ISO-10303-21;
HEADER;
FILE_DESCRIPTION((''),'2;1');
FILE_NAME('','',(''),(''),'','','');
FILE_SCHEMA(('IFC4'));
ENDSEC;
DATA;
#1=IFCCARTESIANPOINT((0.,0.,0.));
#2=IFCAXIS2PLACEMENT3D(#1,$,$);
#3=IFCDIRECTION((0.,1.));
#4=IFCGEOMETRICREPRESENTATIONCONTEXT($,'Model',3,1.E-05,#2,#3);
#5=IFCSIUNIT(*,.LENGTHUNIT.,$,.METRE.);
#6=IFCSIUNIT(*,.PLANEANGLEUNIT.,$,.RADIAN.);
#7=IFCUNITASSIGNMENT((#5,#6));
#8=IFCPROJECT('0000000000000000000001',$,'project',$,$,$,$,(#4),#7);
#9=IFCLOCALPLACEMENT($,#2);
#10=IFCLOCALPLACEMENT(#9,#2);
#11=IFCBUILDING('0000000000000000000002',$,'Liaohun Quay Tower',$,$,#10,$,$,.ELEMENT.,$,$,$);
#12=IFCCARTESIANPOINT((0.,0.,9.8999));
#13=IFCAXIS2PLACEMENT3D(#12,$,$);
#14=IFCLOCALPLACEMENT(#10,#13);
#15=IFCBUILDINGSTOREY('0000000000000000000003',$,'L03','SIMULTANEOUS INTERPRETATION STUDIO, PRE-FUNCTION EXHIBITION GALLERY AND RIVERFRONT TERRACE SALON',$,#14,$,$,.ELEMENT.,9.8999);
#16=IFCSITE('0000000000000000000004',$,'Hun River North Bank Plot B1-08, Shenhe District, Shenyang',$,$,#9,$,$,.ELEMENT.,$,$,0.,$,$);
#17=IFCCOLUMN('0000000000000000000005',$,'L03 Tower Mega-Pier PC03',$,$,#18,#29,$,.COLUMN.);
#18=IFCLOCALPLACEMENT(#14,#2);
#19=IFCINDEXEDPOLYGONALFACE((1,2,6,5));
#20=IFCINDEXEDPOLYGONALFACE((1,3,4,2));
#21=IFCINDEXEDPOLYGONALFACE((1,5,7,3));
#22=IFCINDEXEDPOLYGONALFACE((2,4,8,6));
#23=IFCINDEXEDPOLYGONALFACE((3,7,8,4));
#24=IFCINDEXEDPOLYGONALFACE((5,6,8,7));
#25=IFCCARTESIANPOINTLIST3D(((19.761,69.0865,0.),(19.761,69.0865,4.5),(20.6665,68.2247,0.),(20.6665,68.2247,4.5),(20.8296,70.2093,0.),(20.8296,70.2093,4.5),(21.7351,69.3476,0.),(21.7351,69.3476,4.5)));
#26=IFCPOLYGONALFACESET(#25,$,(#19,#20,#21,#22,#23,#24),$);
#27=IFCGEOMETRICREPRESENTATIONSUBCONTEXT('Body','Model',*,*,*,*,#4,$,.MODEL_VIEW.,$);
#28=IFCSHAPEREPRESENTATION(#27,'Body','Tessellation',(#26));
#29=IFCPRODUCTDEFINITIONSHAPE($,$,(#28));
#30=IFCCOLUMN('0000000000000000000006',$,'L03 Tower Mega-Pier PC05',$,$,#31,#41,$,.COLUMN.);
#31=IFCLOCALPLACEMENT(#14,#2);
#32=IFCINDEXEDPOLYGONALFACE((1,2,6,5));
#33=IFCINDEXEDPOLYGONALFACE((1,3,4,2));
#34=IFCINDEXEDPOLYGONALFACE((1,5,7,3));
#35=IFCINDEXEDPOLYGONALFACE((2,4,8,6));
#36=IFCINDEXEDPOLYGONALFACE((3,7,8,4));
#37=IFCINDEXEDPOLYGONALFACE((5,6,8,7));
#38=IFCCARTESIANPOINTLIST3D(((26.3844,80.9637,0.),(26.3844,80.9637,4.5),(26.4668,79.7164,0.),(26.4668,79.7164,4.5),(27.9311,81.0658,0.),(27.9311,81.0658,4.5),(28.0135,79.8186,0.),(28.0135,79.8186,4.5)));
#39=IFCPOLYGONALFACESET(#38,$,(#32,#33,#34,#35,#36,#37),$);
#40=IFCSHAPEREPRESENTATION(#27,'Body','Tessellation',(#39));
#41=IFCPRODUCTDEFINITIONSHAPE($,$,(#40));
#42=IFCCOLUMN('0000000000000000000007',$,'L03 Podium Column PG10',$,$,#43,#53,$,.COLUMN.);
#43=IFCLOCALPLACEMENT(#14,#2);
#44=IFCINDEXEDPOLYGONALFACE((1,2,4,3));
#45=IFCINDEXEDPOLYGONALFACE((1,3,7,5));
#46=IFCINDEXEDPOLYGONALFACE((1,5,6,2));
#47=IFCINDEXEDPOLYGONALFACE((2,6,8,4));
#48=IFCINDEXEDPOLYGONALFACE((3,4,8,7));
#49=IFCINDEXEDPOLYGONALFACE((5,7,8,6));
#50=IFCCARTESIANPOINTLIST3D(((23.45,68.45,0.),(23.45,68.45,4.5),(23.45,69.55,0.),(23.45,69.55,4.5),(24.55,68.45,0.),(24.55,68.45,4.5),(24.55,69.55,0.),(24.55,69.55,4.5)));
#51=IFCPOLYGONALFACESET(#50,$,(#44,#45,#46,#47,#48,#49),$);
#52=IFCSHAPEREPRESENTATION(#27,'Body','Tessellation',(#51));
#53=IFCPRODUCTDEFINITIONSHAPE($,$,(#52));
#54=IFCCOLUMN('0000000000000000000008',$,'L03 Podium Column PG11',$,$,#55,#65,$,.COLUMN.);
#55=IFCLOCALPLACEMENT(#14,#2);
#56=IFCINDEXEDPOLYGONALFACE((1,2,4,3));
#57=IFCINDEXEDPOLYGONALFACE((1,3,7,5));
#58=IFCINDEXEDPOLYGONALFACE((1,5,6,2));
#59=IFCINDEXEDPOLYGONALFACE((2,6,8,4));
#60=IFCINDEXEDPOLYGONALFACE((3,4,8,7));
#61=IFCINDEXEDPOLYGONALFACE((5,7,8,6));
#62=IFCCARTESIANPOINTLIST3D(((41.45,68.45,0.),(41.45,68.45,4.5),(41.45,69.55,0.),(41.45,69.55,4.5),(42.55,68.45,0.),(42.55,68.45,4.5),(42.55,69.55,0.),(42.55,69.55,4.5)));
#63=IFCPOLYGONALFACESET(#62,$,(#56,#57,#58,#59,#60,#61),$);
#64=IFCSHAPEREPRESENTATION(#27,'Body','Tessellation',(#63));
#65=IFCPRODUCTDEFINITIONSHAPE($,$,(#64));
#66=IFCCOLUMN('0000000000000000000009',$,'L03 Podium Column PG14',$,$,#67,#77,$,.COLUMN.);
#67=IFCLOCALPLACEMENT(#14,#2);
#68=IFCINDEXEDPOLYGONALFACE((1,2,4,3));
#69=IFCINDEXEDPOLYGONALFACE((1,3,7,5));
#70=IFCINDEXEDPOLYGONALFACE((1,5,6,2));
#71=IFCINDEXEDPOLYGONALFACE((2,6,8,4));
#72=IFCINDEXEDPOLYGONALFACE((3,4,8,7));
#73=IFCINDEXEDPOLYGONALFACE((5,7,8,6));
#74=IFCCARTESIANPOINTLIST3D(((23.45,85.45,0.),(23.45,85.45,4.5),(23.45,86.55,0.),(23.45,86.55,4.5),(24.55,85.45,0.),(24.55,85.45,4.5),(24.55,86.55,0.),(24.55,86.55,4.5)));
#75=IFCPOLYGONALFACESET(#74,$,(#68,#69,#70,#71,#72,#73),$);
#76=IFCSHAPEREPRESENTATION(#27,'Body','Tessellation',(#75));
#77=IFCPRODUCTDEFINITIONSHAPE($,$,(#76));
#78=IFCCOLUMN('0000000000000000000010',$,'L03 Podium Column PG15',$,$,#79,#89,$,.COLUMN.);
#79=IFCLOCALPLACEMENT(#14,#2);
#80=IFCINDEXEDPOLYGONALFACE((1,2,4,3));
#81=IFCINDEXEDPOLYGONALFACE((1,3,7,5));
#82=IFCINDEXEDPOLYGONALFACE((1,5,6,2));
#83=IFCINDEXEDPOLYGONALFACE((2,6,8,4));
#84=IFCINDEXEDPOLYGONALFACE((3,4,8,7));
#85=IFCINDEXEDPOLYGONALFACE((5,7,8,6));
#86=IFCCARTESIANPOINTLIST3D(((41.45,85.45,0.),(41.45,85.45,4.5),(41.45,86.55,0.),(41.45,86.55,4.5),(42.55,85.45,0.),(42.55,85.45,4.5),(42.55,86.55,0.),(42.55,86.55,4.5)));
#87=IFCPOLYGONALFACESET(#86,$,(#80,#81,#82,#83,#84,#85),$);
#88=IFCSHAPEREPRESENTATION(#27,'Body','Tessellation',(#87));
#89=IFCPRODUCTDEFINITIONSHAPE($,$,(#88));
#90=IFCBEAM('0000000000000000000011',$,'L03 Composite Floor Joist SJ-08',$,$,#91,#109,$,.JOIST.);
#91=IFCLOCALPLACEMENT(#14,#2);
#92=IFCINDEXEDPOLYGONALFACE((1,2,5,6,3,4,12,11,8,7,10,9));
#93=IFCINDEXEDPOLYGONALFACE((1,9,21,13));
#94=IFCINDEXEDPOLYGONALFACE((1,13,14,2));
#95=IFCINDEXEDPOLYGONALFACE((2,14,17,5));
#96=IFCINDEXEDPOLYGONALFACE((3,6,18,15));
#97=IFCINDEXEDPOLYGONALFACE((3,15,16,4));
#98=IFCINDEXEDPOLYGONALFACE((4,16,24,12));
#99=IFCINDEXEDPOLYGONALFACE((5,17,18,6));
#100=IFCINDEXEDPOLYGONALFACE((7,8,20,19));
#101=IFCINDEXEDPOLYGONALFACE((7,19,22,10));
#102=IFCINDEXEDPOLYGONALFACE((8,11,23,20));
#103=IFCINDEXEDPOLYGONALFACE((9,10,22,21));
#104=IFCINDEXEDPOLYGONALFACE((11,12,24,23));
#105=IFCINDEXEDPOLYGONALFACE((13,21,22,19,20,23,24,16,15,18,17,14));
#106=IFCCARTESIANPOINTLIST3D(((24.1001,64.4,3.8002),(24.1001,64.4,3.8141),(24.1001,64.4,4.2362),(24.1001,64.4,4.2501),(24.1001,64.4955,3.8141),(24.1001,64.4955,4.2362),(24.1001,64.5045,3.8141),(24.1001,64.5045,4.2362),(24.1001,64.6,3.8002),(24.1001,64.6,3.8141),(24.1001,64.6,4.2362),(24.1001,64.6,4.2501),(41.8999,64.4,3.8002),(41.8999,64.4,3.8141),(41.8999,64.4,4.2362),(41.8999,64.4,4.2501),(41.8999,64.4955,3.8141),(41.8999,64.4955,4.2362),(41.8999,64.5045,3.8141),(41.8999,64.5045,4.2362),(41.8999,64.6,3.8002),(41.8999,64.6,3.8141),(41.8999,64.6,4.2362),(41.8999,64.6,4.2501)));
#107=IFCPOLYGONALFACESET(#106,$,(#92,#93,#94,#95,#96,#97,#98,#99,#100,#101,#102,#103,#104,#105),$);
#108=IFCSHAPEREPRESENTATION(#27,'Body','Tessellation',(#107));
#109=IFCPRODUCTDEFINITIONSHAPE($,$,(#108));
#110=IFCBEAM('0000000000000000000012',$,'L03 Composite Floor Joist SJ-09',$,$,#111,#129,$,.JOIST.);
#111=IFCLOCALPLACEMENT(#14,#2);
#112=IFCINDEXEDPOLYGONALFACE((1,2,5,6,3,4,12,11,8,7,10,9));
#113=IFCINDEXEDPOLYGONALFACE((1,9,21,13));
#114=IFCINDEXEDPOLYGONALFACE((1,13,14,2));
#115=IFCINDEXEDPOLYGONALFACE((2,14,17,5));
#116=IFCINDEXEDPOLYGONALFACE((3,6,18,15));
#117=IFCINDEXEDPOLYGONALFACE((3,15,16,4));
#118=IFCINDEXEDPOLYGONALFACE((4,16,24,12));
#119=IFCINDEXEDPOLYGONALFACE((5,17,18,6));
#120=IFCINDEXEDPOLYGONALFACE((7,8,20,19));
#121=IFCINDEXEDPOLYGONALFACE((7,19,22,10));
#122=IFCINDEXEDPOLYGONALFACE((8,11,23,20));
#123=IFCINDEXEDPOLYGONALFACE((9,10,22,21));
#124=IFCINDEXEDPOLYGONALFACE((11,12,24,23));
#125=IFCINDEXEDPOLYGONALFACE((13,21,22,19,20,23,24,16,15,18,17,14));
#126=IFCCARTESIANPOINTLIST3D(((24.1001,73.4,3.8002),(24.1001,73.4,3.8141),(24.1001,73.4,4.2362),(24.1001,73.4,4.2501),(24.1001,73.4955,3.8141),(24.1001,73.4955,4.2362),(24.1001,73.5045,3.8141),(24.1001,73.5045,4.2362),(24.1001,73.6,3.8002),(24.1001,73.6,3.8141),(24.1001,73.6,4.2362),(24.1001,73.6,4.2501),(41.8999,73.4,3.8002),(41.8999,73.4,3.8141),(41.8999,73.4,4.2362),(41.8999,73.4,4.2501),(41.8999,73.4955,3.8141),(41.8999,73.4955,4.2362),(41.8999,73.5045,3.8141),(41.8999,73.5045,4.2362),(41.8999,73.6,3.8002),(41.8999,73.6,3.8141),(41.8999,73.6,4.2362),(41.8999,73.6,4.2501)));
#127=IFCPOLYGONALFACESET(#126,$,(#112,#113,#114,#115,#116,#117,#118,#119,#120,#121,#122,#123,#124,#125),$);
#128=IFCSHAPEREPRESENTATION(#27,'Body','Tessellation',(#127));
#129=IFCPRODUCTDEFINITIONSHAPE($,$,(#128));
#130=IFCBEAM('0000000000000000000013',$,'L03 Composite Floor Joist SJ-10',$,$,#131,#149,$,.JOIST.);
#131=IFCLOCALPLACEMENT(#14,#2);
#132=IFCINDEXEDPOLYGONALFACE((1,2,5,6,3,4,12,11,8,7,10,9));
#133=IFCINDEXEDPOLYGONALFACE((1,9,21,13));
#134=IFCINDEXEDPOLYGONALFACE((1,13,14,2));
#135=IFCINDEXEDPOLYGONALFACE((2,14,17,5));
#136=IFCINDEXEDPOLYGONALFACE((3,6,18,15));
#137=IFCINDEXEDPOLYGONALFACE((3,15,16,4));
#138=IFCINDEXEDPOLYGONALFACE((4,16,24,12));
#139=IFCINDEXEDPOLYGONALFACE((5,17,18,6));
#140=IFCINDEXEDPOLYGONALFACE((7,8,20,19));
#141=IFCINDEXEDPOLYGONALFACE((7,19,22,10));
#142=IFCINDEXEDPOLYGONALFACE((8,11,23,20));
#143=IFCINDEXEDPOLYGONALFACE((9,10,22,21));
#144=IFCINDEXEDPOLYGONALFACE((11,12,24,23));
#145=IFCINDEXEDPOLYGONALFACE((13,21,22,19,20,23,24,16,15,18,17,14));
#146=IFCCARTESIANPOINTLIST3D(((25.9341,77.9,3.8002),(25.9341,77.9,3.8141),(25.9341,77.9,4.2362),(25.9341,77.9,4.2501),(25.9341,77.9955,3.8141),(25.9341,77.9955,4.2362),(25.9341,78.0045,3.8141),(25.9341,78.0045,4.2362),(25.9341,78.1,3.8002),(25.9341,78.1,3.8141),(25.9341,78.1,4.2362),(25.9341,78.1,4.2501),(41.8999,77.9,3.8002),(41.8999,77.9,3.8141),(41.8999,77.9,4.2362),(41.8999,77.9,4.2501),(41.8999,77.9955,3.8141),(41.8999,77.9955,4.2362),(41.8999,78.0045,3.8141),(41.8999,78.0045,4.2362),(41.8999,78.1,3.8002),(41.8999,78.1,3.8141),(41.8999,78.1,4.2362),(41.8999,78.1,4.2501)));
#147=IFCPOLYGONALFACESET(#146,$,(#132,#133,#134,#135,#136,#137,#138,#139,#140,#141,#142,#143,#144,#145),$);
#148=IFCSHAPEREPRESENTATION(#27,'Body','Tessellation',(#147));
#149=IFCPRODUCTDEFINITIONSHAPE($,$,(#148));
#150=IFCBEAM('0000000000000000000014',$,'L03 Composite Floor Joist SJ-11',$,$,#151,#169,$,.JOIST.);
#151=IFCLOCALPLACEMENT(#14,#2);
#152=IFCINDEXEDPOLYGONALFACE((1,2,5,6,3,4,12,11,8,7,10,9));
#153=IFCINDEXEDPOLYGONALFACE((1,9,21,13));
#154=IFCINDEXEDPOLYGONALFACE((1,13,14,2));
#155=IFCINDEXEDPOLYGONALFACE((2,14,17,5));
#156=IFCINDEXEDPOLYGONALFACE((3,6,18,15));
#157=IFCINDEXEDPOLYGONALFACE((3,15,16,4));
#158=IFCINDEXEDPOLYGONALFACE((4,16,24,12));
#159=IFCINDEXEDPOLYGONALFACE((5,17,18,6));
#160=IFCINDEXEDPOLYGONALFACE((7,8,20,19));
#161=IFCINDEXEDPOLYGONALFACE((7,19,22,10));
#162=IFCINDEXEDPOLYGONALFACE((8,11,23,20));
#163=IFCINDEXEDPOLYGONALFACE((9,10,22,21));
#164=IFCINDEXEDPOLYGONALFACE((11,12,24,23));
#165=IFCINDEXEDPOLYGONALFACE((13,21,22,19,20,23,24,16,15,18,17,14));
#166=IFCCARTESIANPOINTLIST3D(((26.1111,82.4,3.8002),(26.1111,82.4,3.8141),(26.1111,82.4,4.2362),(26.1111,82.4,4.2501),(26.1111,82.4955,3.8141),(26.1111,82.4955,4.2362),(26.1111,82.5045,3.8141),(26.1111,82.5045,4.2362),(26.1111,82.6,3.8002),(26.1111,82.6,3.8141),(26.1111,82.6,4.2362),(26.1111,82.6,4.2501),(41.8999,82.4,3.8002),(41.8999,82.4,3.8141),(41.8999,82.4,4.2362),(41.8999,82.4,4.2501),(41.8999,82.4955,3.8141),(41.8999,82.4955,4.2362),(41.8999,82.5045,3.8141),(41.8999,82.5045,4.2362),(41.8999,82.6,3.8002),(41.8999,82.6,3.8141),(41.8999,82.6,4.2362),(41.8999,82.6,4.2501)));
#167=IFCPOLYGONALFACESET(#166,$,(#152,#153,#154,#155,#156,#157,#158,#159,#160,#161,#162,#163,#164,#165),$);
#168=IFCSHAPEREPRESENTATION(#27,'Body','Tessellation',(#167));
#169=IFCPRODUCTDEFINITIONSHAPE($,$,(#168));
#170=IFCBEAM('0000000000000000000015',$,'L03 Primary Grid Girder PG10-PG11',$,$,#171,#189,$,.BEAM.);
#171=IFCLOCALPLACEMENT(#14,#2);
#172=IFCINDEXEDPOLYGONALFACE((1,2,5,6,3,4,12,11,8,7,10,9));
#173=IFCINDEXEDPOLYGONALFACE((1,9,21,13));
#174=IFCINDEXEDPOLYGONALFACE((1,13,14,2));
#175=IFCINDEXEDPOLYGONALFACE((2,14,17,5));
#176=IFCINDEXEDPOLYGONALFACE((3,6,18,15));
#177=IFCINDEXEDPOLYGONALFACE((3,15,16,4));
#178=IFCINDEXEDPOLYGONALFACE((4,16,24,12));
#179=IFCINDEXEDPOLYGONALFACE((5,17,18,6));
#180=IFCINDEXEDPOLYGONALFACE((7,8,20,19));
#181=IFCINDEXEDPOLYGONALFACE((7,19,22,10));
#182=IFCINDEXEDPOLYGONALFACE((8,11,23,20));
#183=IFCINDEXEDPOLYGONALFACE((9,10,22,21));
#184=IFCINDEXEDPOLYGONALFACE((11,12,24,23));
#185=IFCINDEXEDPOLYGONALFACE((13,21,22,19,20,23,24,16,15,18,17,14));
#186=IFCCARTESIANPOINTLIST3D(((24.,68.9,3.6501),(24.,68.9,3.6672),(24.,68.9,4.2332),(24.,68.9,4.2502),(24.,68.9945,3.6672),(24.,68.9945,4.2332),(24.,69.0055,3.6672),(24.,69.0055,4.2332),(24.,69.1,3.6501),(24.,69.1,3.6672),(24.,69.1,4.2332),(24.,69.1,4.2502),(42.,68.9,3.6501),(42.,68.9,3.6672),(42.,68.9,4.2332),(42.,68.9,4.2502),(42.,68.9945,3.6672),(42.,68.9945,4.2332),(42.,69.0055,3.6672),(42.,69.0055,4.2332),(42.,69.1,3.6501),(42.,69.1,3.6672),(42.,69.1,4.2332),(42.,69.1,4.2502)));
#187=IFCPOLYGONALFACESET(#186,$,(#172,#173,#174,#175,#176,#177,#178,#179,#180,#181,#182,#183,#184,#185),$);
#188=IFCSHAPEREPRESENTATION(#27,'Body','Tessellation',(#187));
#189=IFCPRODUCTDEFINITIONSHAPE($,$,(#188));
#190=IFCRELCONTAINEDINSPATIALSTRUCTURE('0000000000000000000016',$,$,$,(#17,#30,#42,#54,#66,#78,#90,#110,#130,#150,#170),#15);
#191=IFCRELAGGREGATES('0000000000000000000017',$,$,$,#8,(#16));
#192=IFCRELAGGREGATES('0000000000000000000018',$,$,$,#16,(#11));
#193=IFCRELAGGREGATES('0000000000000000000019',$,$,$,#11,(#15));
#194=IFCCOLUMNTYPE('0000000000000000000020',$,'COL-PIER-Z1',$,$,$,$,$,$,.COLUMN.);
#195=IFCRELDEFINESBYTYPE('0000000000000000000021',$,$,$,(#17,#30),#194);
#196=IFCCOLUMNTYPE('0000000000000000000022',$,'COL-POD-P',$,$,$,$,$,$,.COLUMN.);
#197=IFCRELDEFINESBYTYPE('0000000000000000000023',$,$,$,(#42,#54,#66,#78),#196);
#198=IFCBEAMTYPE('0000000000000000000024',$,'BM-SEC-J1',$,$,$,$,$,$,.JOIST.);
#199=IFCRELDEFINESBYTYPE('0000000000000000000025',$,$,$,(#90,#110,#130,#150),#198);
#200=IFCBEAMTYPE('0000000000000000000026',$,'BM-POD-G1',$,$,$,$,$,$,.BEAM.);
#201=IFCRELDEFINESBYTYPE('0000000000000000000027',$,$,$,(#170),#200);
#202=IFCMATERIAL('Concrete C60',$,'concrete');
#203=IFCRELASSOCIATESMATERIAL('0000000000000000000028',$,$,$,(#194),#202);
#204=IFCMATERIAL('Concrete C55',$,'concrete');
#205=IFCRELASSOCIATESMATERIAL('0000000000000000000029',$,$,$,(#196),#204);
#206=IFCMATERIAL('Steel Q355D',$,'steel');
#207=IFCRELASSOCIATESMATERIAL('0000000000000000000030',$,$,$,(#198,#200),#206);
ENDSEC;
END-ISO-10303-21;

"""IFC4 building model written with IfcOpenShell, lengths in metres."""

from ifc_helpers import new_model, si_unit, direction, frame, origin, origin_2d, place, context, subcontext, project, spatial, rectangle, i_section, extrude, source, transform, mapped, material, material_profile, profile_set, type_object, element, save


model = new_model("IFC4")

# Units and contexts
model_context = context("Model", 3, precision=1e-05, world=origin(), true_north=direction((0.0, 1.0)))
body_context = subcontext(model_context, "Body", "Model", "MODEL_VIEW")
ifc_project = project(units=[si_unit("LENGTHUNIT", "METRE"), si_unit("PLANEANGLEUNIT", "RADIAN")], contexts=[model_context])

# Site, building, storey
site_placement = place(None, origin())
site = spatial("IfcSite", under=ifc_project, at=site_placement, Name="Hun River North Bank Plot B1-08, Shenhe District, Shenyang", CompositionType="ELEMENT", RefElevation=0.0)
building_placement = place(site_placement, origin())
building = spatial("IfcBuilding", under=site, at=building_placement, Name="Liaohun Quay Tower", CompositionType="ELEMENT")
storey_placement = place(building_placement, frame((0.0, 0.0, 9.8999)))
storey = spatial("IfcBuildingStorey", under=building, at=storey_placement, Name="L03", Description="SIMULTANEOUS INTERPRETATION STUDIO, PRE-FUNCTION EXHIBITION GALLERY AND RIVERFRONT TERRACE SALON", CompositionType="ELEMENT", Elevation=9.8999)

# Columns
ifc_material_1 = material(Name="Concrete C60", Category="concrete")
ifc_material_profile_1 = material_profile(ifc_material_1, rectangle(XDim=1.55, YDim=1.25, at=origin_2d()), Name="RC1550x1250")
ifc_profile_set_1 = profile_set([ifc_material_profile_1], Name="Concrete C60")
column_type_1 = type_object("IfcColumnType", Name="COL-PIER-Z1", PredefinedType="COLUMN", material=ifc_profile_set_1)
shared_shape_1 = source(origin(), body_context, "Body", "SweptSolid", [
    extrude(rectangle(XDim=1.55, YDim=1.25, at=origin_2d()), origin(), (0.0, 0.0, 1.0), 4.5),
])
for number, where, z_axis, x_axis, name in (
    (1, (20.748, 69.217, 0.0), (0.0, 0.0, 1.0), (0.689367, 0.724413, 0.0), "L03 Tower Mega-Pier PC03"),
    (2, (27.199, 80.3911, 0.0), (0.0, 0.0, 1.0), (0.997825, 0.065926, 0.0), "L03 Tower Mega-Pier PC05"),
):
    element("IfcColumn", number, at=place(storey_placement, frame(where, z_axis=z_axis, x_axis=x_axis)), inside=storey, type_object=column_type_1, Name=name, PredefinedType="COLUMN", context=body_context, shape_type="MappedRepresentation", body=[
        mapped(shared_shape_1, transform((0.0, 0.0, 0.0), x_axis=(1.0, 0.0, 0.0), y_axis=(0.0, 1.0, 0.0), z_axis=(0.0, 0.0, 1.0), scale=1.0)),
    ])
ifc_material_2 = material(Name="Concrete C55", Category="concrete")
ifc_material_profile_2 = material_profile(ifc_material_2, rectangle(XDim=1.1001, YDim=1.1001, at=origin_2d()), Name="RC1100x1100")
ifc_profile_set_2 = profile_set([ifc_material_profile_2], Name="Concrete C55")
column_type_2 = type_object("IfcColumnType", Name="COL-POD-P", PredefinedType="COLUMN", material=ifc_profile_set_2)
shared_shape_2 = source(origin(), body_context, "Body", "SweptSolid", [
    extrude(rectangle(XDim=1.1001, YDim=1.1001, at=origin_2d()), origin(), (0.0, 0.0, 1.0), 4.5),
])
for number, where, z_axis, x_axis, name in (
    (3, (24.0, 69.0, 0.0), (0.0, 0.0, 1.0), (1.0, 0.0, 0.0), "L03 Podium Column PG10"),
    (4, (42.0, 69.0, 0.0), (0.0, 0.0, 1.0), (1.0, 0.0, 0.0), "L03 Podium Column PG11"),
    (5, (24.0, 86.0, 0.0), (0.0, 0.0, 1.0), (1.0, 0.0, 0.0), "L03 Podium Column PG14"),
    (6, (42.0, 86.0, 0.0), (0.0, 0.0, 1.0), (1.0, 0.0, 0.0), "L03 Podium Column PG15"),
):
    element("IfcColumn", number, at=place(storey_placement, frame(where, z_axis=z_axis, x_axis=x_axis)), inside=storey, type_object=column_type_2, Name=name, PredefinedType="COLUMN", context=body_context, shape_type="MappedRepresentation", body=[
        mapped(shared_shape_2, transform((0.0, 0.0, 0.0), x_axis=(1.0, 0.0, 0.0), y_axis=(0.0, 1.0, 0.0), z_axis=(0.0, 0.0, 1.0), scale=1.0)),
    ])

# Beams
ifc_material_3 = material(Name="Steel Q355D", Category="steel")
ifc_material_profile_3 = material_profile(ifc_material_3, i_section(OverallWidth=0.2, OverallDepth=0.45, WebThickness=0.009, FlangeThickness=0.0139, at=origin_2d()), Name="HN450x200x9x14")
ifc_profile_set_3 = profile_set([ifc_material_profile_3], Name="Steel Q355D")
beam_type_1 = type_object("IfcBeamType", Name="BM-SEC-J1", PredefinedType="JOIST", material=ifc_profile_set_3)
shared_shape_3 = source(origin(), body_context, "Body", "SweptSolid", [
    extrude(i_section(OverallWidth=0.2, OverallDepth=0.45, WebThickness=0.009, FlangeThickness=0.0139, at=origin_2d()), origin(), (0.0, 0.0, 1.0), 17.7998),
])
for number, where, z_axis, x_axis, name in (
    (7, (24.1001, 64.5, 4.0251), (1.0, 0.0, 0.0), (0.0, 1.0, 0.0), "L03 Composite Floor Joist SJ-08"),
    (8, (24.1001, 73.5, 4.0251), (1.0, 0.0, 0.0), (0.0, 1.0, 0.0), "L03 Composite Floor Joist SJ-09"),
):
    element("IfcBeam", number, at=place(storey_placement, frame(where, z_axis=z_axis, x_axis=x_axis)), inside=storey, type_object=beam_type_1, Name=name, PredefinedType="JOIST", context=body_context, shape_type="MappedRepresentation", body=[
        mapped(shared_shape_3, transform((0.0, 0.0, 0.0), x_axis=(1.0, 0.0, 0.0), y_axis=(0.0, 1.0, 0.0), z_axis=(0.0, 0.0, 1.0), scale=1.0)),
    ])
shared_shape_4 = source(origin(), body_context, "Body", "SweptSolid", [
    extrude(i_section(OverallWidth=0.2, OverallDepth=0.45, WebThickness=0.009, FlangeThickness=0.0139, at=origin_2d()), origin(), (0.0, 0.0, 1.0), 15.9658),
])
beam_1_placement = place(storey_placement, frame((25.9341, 78.0, 4.0251), z_axis=(1.0, 0.0, 0.0), x_axis=(0.0, 1.0, 0.0)))
element("IfcBeam", 9, at=beam_1_placement, inside=storey, type_object=beam_type_1, Name="L03 Composite Floor Joist SJ-10", PredefinedType="JOIST", context=body_context, shape_type="MappedRepresentation", body=[
    mapped(shared_shape_4, transform((0.0, 0.0, 0.0), x_axis=(1.0, 0.0, 0.0), y_axis=(0.0, 1.0, 0.0), z_axis=(0.0, 0.0, 1.0), scale=1.0)),
])
shared_shape_5 = source(origin(), body_context, "Body", "SweptSolid", [
    extrude(i_section(OverallWidth=0.2, OverallDepth=0.45, WebThickness=0.009, FlangeThickness=0.0139, at=origin_2d()), origin(), (0.0, 0.0, 1.0), 15.7888),
])
beam_2_placement = place(storey_placement, frame((26.1111, 82.5, 4.0251), z_axis=(1.0, 0.0, 0.0), x_axis=(0.0, 1.0, 0.0)))
element("IfcBeam", 10, at=beam_2_placement, inside=storey, type_object=beam_type_1, Name="L03 Composite Floor Joist SJ-11", PredefinedType="JOIST", context=body_context, shape_type="MappedRepresentation", body=[
    mapped(shared_shape_5, transform((0.0, 0.0, 0.0), x_axis=(1.0, 0.0, 0.0), y_axis=(0.0, 1.0, 0.0), z_axis=(0.0, 0.0, 1.0), scale=1.0)),
])
ifc_material_profile_4 = material_profile(ifc_material_3, i_section(OverallWidth=0.2, OverallDepth=0.6001, WebThickness=0.011, FlangeThickness=0.0171, at=origin_2d()), Name="HN600x200x11x17")
ifc_profile_set_4 = profile_set([ifc_material_profile_4], Name="Steel Q355D")
beam_type_2 = type_object("IfcBeamType", Name="BM-POD-G1", PredefinedType="BEAM", material=ifc_profile_set_4)
shared_shape_6 = source(origin(), body_context, "Body", "SweptSolid", [
    extrude(i_section(OverallWidth=0.2, OverallDepth=0.6001, WebThickness=0.011, FlangeThickness=0.0171, at=origin_2d()), origin(), (0.0, 0.0, 1.0), 18.0),
])
for number, where, z_axis, x_axis, name in (
    (11, (24.0, 69.0, 3.9502), (1.0, 0.0, 0.0), (0.0, 1.0, 0.0), "L03 Primary Grid Girder PG10-PG11"),
):
    element("IfcBeam", number, at=place(storey_placement, frame(where, z_axis=z_axis, x_axis=x_axis)), inside=storey, type_object=beam_type_2, Name=name, PredefinedType="BEAM", context=body_context, shape_type="MappedRepresentation", body=[
        mapped(shared_shape_6, transform((0.0, 0.0, 0.0), x_axis=(1.0, 0.0, 0.0), y_axis=(0.0, 1.0, 0.0), z_axis=(0.0, 0.0, 1.0), scale=1.0)),
    ])

save(model, "model.ifc")
